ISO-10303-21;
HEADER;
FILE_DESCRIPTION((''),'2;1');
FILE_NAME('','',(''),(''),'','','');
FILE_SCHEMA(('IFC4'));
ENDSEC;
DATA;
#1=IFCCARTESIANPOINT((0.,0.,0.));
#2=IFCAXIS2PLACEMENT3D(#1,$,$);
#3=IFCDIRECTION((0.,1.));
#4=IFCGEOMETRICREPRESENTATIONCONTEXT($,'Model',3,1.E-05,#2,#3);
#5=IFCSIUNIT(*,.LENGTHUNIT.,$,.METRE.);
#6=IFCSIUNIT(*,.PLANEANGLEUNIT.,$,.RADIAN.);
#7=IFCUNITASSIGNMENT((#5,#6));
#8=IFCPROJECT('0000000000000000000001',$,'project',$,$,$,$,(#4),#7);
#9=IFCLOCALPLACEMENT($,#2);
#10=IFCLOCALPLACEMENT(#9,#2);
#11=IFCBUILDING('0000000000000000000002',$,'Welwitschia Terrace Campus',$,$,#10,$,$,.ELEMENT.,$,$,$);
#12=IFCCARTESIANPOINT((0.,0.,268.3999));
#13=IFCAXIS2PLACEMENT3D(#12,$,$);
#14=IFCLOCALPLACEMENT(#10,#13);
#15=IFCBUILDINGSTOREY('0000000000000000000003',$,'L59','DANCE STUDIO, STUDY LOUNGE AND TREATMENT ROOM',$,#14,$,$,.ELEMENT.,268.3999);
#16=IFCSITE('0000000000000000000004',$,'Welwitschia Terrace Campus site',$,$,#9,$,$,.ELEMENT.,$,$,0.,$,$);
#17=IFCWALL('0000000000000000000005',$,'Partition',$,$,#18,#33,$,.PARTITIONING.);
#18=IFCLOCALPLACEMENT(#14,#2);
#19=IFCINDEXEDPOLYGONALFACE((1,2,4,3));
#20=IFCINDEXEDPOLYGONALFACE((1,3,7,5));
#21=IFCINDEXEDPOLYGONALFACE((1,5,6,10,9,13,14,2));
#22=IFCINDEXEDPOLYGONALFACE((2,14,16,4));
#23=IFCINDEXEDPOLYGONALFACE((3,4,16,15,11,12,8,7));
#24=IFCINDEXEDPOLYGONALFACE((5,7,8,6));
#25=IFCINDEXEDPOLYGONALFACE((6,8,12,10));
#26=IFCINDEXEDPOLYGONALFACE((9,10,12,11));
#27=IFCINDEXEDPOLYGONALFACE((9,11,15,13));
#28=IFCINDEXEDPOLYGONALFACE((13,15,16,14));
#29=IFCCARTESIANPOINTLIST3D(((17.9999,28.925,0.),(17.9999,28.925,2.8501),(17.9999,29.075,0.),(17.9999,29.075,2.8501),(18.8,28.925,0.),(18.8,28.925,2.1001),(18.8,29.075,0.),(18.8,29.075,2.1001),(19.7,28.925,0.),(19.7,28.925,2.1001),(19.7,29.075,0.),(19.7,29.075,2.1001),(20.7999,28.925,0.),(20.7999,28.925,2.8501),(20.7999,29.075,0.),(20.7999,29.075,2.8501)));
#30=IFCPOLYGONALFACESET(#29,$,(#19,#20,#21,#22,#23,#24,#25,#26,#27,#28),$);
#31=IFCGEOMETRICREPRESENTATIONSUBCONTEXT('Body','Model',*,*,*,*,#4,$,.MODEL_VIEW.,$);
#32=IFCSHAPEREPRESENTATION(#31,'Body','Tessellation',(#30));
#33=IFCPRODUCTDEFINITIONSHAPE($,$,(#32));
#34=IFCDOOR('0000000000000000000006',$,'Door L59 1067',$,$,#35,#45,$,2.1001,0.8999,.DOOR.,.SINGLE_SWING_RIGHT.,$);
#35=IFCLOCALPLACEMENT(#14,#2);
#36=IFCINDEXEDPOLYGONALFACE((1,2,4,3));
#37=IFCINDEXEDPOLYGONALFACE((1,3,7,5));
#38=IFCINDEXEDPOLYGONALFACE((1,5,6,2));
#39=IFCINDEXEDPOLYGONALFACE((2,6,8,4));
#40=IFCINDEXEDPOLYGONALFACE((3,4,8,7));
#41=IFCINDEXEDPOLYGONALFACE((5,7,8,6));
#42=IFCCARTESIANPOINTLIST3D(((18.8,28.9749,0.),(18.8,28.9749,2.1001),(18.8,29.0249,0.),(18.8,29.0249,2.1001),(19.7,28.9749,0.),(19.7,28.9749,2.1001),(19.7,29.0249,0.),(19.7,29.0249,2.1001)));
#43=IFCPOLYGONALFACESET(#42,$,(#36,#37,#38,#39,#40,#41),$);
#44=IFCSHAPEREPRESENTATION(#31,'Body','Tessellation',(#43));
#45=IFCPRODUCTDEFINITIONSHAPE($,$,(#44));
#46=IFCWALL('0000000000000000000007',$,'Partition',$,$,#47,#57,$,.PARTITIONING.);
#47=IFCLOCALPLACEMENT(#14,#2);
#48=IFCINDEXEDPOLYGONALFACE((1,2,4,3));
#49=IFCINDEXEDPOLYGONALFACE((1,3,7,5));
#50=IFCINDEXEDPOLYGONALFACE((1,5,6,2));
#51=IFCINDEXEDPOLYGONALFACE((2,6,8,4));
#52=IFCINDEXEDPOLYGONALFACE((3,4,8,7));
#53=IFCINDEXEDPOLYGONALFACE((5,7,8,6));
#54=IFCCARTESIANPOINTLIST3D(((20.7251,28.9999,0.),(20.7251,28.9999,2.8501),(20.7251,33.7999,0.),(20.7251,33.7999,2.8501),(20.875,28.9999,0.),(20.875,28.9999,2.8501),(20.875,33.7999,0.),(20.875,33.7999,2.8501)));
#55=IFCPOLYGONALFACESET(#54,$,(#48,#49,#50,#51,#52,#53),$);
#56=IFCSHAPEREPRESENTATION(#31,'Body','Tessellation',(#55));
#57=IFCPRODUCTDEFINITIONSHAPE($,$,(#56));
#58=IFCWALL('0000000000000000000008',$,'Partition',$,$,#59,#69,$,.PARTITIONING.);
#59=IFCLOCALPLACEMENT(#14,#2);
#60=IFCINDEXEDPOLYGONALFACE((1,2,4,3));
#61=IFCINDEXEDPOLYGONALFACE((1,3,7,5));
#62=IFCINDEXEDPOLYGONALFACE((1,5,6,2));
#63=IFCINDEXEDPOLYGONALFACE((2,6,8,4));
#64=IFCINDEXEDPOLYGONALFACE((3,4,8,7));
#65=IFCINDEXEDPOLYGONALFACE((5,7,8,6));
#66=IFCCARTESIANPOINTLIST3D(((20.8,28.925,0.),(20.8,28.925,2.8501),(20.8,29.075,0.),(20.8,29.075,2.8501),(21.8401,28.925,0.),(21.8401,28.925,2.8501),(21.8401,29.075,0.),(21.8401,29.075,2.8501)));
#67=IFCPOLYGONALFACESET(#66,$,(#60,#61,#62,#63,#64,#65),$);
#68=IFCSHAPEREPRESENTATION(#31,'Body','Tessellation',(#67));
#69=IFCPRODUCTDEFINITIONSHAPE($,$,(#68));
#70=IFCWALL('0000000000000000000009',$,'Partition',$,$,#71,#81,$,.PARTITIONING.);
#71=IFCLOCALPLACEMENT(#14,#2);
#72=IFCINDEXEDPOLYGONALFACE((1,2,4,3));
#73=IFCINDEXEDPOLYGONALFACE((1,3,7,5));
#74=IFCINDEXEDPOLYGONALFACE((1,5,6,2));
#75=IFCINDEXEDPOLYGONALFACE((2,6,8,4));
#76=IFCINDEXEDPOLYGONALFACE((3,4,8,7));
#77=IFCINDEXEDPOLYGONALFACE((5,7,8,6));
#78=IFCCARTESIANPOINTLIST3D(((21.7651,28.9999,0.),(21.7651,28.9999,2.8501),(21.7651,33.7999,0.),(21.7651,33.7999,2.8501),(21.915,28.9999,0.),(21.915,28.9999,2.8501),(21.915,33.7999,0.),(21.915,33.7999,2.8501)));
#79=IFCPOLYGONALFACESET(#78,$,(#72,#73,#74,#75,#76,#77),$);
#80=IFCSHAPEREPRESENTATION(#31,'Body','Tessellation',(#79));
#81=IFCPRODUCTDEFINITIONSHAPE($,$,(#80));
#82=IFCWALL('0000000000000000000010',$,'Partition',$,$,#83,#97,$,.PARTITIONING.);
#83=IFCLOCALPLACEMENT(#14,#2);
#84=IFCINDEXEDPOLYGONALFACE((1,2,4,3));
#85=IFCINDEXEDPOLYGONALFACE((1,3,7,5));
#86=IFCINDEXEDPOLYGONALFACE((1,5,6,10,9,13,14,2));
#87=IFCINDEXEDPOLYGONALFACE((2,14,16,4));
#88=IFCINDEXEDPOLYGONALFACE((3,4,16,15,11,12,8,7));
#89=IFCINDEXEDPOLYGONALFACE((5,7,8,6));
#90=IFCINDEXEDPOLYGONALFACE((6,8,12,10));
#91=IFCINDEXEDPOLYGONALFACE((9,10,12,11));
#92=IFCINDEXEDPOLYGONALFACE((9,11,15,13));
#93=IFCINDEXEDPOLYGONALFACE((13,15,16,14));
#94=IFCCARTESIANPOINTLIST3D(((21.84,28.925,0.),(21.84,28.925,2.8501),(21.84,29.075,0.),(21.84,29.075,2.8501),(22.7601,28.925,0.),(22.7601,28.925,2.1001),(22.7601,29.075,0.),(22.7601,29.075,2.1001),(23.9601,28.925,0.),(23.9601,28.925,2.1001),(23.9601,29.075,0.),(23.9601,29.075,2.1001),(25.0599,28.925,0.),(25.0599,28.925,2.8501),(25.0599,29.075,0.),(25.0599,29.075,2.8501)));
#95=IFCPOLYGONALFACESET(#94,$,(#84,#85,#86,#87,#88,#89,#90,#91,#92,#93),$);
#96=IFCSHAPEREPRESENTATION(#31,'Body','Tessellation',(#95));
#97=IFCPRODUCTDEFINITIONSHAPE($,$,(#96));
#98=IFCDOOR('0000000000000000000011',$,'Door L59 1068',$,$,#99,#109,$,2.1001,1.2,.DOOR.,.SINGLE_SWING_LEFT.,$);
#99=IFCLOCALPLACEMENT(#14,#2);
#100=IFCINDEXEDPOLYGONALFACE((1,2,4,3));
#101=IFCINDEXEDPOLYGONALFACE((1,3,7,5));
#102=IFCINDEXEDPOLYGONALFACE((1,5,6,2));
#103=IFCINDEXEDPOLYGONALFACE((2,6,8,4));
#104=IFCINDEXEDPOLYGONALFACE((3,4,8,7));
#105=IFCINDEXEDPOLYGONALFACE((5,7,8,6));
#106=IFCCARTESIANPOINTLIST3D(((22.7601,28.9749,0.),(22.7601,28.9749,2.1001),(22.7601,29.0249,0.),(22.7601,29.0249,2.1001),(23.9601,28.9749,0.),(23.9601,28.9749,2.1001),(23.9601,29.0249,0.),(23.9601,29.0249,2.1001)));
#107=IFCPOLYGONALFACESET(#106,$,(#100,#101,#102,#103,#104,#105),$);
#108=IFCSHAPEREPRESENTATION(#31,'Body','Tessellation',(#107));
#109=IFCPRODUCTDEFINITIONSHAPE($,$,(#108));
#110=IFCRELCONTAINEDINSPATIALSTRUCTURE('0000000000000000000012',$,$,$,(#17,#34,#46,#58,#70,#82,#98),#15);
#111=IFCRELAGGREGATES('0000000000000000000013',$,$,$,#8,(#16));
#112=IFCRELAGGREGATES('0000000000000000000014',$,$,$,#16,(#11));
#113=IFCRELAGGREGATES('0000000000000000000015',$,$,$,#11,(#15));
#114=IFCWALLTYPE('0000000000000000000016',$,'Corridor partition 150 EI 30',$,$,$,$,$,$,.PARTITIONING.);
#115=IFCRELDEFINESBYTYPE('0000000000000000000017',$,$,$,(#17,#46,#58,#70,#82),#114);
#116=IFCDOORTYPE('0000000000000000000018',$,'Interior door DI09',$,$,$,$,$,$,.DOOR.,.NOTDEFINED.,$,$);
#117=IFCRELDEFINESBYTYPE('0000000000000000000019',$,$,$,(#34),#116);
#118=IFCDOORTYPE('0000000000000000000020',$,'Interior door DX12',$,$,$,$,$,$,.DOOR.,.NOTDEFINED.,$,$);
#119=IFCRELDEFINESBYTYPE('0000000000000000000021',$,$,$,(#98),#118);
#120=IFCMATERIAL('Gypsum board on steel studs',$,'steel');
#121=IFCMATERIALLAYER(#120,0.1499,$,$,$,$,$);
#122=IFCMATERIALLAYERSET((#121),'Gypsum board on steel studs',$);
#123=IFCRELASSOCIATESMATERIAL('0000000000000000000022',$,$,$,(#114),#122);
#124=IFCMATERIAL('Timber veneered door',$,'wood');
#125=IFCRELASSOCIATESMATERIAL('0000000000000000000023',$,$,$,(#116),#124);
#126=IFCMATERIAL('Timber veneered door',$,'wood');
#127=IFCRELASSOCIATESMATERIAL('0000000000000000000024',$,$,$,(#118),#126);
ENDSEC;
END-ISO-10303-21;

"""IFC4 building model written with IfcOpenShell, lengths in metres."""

from ifc_helpers import new_model, si_unit, direction, frame, frame_2d, origin, place, context, subcontext, project, spatial, rectangle, extrude, material, layer, layer_set, type_object, element, fill, save


model = new_model("IFC4")

# Units and contexts
model_context = context("Model", 3, precision=1e-05, world=origin(), true_north=direction((0.0, 1.0)))
body_context = subcontext(model_context, "Body", "Model", "MODEL_VIEW")
ifc_project = project(units=[si_unit("LENGTHUNIT", "METRE"), si_unit("PLANEANGLEUNIT", "RADIAN")], contexts=[model_context])

# Site, building, storey
site_placement = place(None, origin())
site = spatial("IfcSite", under=ifc_project, at=site_placement, Name="Welwitschia Terrace Campus site", CompositionType="ELEMENT", RefElevation=0.0)
building_placement = place(site_placement, origin())
building = spatial("IfcBuilding", under=site, at=building_placement, Name="Welwitschia Terrace Campus", CompositionType="ELEMENT")
storey_placement = place(building_placement, frame((0.0, 0.0, 268.3999)))
storey = spatial("IfcBuildingStorey", under=building, at=storey_placement, Name="L59", Description="DANCE STUDIO, STUDY LOUNGE AND TREATMENT ROOM", CompositionType="ELEMENT", Elevation=268.3999)

# Shared definitions
ifc_material_1 = material(Name="Gypsum board on steel studs", Category="steel")
ifc_layer_1 = layer(ifc_material_1, 0.1499)
ifc_layer_set_1 = layer_set([ifc_layer_1], Name="Gypsum board on steel studs")
wall_type_1 = type_object("IfcWallType", Name="Corridor partition 150 EI 30", PredefinedType="PARTITIONING", material=ifc_layer_set_1)

# Shared definitions
ifc_material_2 = material(Name="Timber veneered door", Category="wood")
door_type_1 = type_object("IfcDoorType", Name="Interior door DI09", OperationType="NOTDEFINED", PredefinedType="DOOR", material=ifc_material_2)

# Wall, opening, door
wall_1_placement = place(storey_placement, frame((18.0, 29.0, 0.0), z_axis=(0.0, 0.0, 1.0), x_axis=(1.0, 0.0, 0.0)))
wall_1 = element("IfcWall", 1, at=wall_1_placement, inside=storey, type_object=wall_type_1, Name="Partition", PredefinedType="PARTITIONING", context=body_context, shape_type="SweptSolid", body=[
    extrude(rectangle(XDim=2.8, YDim=0.1499, at=frame_2d((1.3999, 0.0))), origin(), (0.0, 0.0, 1.0), 2.8501),
])
opening_1_placement = place(wall_1_placement, frame((0.8, 0.0, 0.0)))
opening_1 = element("IfcOpeningElement", 2, at=opening_1_placement, cuts=wall_1, PredefinedType="OPENING", context=body_context, shape_type="SweptSolid", body=[
    extrude(rectangle(XDim=0.8999, YDim=2.1001, at=frame_2d((0.45, 1.05))), frame((0.0, 0.085, 0.0), z_axis=(0.0, -1.0, 0.0), x_axis=(1.0, 0.0, 0.0)), (0.0, 0.0, 1.0), 0.1699),
])
door_1_placement = place(opening_1_placement, origin())
door_1 = element("IfcDoor", 3, at=door_1_placement, inside=storey, type_object=door_type_1, Name="Door L59 1067", OperationType="SINGLE_SWING_RIGHT", OverallHeight=2.1001, OverallWidth=0.8999, PredefinedType="DOOR", context=body_context, shape_type="SweptSolid", body=[
    extrude(rectangle(XDim=0.8999, YDim=2.1001, at=frame_2d((0.45, 1.05))), frame((0.0, 0.0249, 0.0), z_axis=(0.0, -1.0, 0.0), x_axis=(1.0, 0.0, 0.0)), (0.0, 0.0, 1.0), 0.05),
])
fill(opening_1, door_1)

# Walls
wall_2_placement = place(storey_placement, frame((20.8, 29.0, 0.0), z_axis=(0.0, 0.0, 1.0), x_axis=(0.0, 1.0, 0.0)))
element("IfcWall", 4, at=wall_2_placement, inside=storey, type_object=wall_type_1, Name="Partition", PredefinedType="PARTITIONING", context=body_context, shape_type="SweptSolid", body=[
    extrude(rectangle(XDim=4.8, YDim=0.1499, at=frame_2d((2.3999, 0.0))), origin(), (0.0, 0.0, 1.0), 2.8501),
])
wall_3_placement = place(storey_placement, frame((20.8, 29.0, 0.0), z_axis=(0.0, 0.0, 1.0), x_axis=(1.0, 0.0, 0.0)))
element("IfcWall", 5, at=wall_3_placement, inside=storey, type_object=wall_type_1, Name="Partition", PredefinedType="PARTITIONING", context=body_context, shape_type="SweptSolid", body=[
    extrude(rectangle(XDim=1.04, YDim=0.1499, at=frame_2d((0.52, 0.0))), origin(), (0.0, 0.0, 1.0), 2.8501),
])
wall_4_placement = place(storey_placement, frame((21.8401, 29.0, 0.0), z_axis=(0.0, 0.0, 1.0), x_axis=(0.0, 1.0, 0.0)))
element("IfcWall", 6, at=wall_4_placement, inside=storey, type_object=wall_type_1, Name="Partition", PredefinedType="PARTITIONING", context=body_context, shape_type="SweptSolid", body=[
    extrude(rectangle(XDim=4.8, YDim=0.1499, at=frame_2d((2.3999, 0.0))), origin(), (0.0, 0.0, 1.0), 2.8501),
])

# Wall, opening, door
wall_5_placement = place(storey_placement, frame((21.8401, 29.0, 0.0), z_axis=(0.0, 0.0, 1.0), x_axis=(1.0, 0.0, 0.0)))
wall_5 = element("IfcWall", 7, at=wall_5_placement, inside=storey, type_object=wall_type_1, Name="Partition", PredefinedType="PARTITIONING", context=body_context, shape_type="SweptSolid", body=[
    extrude(rectangle(XDim=3.22, YDim=0.1499, at=frame_2d((1.6099, 0.0))), origin(), (0.0, 0.0, 1.0), 2.8501),
])
opening_2_placement = place(wall_5_placement, frame((0.9199, 0.0, 0.0)))
opening_2 = element("IfcOpeningElement", 8, at=opening_2_placement, cuts=wall_5, PredefinedType="OPENING", context=body_context, shape_type="SweptSolid", body=[
    extrude(rectangle(XDim=1.2, YDim=2.1001, at=frame_2d((0.6001, 1.05))), frame((0.0, 0.085, 0.0), z_axis=(0.0, -1.0, 0.0), x_axis=(1.0, 0.0, 0.0)), (0.0, 0.0, 1.0), 0.1699),
])
ifc_material_3 = material(Name="Timber veneered door", Category="wood")
door_type_2 = type_object("IfcDoorType", Name="Interior door DX12", OperationType="NOTDEFINED", PredefinedType="DOOR", material=ifc_material_3)
door_2_placement = place(opening_2_placement, origin())
door_2 = element("IfcDoor", 9, at=door_2_placement, inside=storey, type_object=door_type_2, Name="Door L59 1068", OperationType="SINGLE_SWING_LEFT", OverallHeight=2.1001, OverallWidth=1.2, PredefinedType="DOOR", context=body_context, shape_type="SweptSolid", body=[
    extrude(rectangle(XDim=1.2, YDim=2.1001, at=frame_2d((0.6001, 1.05))), frame((0.0, 0.0249, 0.0), z_axis=(0.0, -1.0, 0.0), x_axis=(1.0, 0.0, 0.0)), (0.0, 0.0, 1.0), 0.05),
])
fill(opening_2, door_2)

save(model, "model.ifc")
